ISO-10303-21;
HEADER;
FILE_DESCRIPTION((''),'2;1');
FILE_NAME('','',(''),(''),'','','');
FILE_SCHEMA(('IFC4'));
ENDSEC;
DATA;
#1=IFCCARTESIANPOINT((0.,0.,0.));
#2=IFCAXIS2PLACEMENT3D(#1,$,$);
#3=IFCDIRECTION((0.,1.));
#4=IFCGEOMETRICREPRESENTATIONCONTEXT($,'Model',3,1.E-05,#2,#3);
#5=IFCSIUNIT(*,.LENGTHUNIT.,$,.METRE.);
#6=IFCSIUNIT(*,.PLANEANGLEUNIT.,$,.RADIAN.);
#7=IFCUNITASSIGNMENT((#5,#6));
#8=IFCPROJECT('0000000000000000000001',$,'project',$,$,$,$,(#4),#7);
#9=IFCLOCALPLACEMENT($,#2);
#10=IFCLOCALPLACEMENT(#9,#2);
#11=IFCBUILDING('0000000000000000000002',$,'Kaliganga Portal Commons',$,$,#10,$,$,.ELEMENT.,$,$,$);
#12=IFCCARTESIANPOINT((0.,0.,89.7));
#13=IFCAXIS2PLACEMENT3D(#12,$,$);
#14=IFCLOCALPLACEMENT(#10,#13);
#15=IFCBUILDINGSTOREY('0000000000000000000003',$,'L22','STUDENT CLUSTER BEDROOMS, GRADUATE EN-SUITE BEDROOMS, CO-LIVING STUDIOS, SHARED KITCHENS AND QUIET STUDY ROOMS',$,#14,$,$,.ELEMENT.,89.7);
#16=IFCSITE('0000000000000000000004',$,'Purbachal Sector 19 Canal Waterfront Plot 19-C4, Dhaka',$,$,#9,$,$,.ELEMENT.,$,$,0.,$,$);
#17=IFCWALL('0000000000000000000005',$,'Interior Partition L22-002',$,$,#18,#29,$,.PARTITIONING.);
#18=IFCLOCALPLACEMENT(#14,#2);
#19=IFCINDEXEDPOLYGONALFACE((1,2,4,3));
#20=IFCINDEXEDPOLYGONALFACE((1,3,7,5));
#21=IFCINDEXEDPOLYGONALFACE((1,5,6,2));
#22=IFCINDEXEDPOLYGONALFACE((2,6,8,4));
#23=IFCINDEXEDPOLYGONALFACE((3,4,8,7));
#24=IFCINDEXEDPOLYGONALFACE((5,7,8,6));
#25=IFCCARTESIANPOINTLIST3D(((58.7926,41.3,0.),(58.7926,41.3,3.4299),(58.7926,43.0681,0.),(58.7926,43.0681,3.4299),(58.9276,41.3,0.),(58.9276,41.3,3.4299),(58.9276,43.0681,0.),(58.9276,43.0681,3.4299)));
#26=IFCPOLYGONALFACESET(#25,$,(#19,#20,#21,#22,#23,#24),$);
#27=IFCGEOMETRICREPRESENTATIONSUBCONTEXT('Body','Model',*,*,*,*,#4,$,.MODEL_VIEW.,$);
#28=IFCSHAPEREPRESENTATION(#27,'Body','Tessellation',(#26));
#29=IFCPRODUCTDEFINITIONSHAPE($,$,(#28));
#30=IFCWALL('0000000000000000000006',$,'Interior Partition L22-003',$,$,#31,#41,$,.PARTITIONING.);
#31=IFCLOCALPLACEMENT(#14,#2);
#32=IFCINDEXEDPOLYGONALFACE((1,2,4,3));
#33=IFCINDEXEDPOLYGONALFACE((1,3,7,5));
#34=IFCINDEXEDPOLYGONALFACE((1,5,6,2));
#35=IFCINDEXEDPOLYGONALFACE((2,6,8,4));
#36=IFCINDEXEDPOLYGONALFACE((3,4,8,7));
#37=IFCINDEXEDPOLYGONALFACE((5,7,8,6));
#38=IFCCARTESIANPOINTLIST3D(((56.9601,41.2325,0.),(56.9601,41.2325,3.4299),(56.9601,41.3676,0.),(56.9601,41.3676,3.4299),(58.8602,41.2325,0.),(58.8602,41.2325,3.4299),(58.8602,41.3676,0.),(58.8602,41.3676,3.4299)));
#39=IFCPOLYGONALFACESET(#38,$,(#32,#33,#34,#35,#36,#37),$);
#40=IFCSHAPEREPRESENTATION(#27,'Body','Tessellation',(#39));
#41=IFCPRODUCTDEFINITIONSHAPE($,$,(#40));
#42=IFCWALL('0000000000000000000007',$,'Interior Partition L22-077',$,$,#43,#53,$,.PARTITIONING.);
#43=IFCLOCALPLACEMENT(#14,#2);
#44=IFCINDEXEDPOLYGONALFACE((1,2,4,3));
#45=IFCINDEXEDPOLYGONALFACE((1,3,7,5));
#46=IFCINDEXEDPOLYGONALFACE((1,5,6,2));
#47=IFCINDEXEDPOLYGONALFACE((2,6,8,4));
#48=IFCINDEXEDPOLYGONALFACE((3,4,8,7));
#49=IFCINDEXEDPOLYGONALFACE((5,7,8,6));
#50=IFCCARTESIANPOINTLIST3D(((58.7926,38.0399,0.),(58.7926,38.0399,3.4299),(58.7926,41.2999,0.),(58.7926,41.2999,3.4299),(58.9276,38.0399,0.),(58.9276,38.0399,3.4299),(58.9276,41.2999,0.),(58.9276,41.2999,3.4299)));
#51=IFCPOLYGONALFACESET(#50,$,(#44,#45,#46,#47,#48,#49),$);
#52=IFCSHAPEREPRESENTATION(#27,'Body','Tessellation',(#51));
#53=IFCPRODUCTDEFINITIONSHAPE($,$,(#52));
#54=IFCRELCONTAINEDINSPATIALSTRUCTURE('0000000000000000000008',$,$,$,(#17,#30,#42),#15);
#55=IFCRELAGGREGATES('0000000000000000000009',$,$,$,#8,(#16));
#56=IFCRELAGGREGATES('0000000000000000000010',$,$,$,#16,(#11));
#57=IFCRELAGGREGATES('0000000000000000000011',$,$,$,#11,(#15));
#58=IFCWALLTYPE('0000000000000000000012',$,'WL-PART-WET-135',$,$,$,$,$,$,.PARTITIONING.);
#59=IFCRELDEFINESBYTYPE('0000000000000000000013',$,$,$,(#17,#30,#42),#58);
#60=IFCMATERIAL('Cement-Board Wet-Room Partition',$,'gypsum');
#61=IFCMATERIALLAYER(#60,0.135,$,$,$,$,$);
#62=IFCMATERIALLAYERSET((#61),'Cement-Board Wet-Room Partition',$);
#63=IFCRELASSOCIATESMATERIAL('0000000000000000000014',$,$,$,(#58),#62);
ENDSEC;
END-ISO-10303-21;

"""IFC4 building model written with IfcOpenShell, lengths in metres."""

from ifc_helpers import new_model, si_unit, direction, frame, frame_2d, origin, place, context, subcontext, project, spatial, rectangle, extrude, material, layer, layer_set, type_object, element, save


model = new_model("IFC4")

# Units and contexts
model_context = context("Model", 3, precision=1e-05, world=origin(), true_north=direction((0.0, 1.0)))
body_context = subcontext(model_context, "Body", "Model", "MODEL_VIEW")
ifc_project = project(units=[si_unit("LENGTHUNIT", "METRE"), si_unit("PLANEANGLEUNIT", "RADIAN")], contexts=[model_context])

# Site, building, storey
site_placement = place(None, origin())
site = spatial("IfcSite", under=ifc_project, at=site_placement, Name="Purbachal Sector 19 Canal Waterfront Plot 19-C4, Dhaka", CompositionType="ELEMENT", RefElevation=0.0)
building_placement = place(site_placement, origin())
building = spatial("IfcBuilding", under=site, at=building_placement, Name="Kaliganga Portal Commons", CompositionType="ELEMENT")
storey_placement = place(building_placement, frame((0.0, 0.0, 89.7)))
storey = spatial("IfcBuildingStorey", under=building, at=storey_placement, Name="L22", Description="STUDENT CLUSTER BEDROOMS, GRADUATE EN-SUITE BEDROOMS, CO-LIVING STUDIOS, SHARED KITCHENS AND QUIET STUDY ROOMS", CompositionType="ELEMENT", Elevation=89.7)

# Shared definitions
ifc_material_1 = material(Name="Cement-Board Wet-Room Partition", Category="gypsum")
ifc_layer_1 = layer(ifc_material_1, 0.135)
ifc_layer_set_1 = layer_set([ifc_layer_1], Name="Cement-Board Wet-Room Partition")
wall_type_1 = type_object("IfcWallType", Name="WL-PART-WET-135", PredefinedType="PARTITIONING", material=ifc_layer_set_1)

# Walls
wall_1_placement = place(storey_placement, frame((58.8601, 41.3, 0.0), z_axis=(0.0, 0.0, 1.0), x_axis=(0.0, 1.0, 0.0)))
element("IfcWall", 1, at=wall_1_placement, inside=storey, type_object=wall_type_1, Name="Interior Partition L22-002", PredefinedType="PARTITIONING", context=body_context, shape_type="SweptSolid", body=[
    extrude(rectangle(XDim=1.7681, YDim=0.135, at=frame_2d((0.884, 0.0))), origin(), (0.0, 0.0, 1.0), 3.4299),
])
wall_2_placement = place(storey_placement, frame((56.96, 41.3, 0.0), z_axis=(0.0, 0.0, 1.0), x_axis=(1.0, 0.0, 0.0)))
element("IfcWall", 2, at=wall_2_placement, inside=storey, type_object=wall_type_1, Name="Interior Partition L22-003", PredefinedType="PARTITIONING", context=body_context, shape_type="SweptSolid", body=[
    extrude(rectangle(XDim=1.9001, YDim=0.135, at=frame_2d((0.9502, 0.0))), origin(), (0.0, 0.0, 1.0), 3.4299),
])
wall_3_placement = place(storey_placement, frame((58.8601, 38.04, 0.0), z_axis=(0.0, 0.0, 1.0), x_axis=(0.0, 1.0, 0.0)))
element("IfcWall", 3, at=wall_3_placement, inside=storey, type_object=wall_type_1, Name="Interior Partition L22-077", PredefinedType="PARTITIONING", context=body_context, shape_type="SweptSolid", body=[
    extrude(rectangle(XDim=3.26, YDim=0.135, at=frame_2d((1.6299, 0.0))), origin(), (0.0, 0.0, 1.0), 3.4299),
])

save(model, "model.ifc")
